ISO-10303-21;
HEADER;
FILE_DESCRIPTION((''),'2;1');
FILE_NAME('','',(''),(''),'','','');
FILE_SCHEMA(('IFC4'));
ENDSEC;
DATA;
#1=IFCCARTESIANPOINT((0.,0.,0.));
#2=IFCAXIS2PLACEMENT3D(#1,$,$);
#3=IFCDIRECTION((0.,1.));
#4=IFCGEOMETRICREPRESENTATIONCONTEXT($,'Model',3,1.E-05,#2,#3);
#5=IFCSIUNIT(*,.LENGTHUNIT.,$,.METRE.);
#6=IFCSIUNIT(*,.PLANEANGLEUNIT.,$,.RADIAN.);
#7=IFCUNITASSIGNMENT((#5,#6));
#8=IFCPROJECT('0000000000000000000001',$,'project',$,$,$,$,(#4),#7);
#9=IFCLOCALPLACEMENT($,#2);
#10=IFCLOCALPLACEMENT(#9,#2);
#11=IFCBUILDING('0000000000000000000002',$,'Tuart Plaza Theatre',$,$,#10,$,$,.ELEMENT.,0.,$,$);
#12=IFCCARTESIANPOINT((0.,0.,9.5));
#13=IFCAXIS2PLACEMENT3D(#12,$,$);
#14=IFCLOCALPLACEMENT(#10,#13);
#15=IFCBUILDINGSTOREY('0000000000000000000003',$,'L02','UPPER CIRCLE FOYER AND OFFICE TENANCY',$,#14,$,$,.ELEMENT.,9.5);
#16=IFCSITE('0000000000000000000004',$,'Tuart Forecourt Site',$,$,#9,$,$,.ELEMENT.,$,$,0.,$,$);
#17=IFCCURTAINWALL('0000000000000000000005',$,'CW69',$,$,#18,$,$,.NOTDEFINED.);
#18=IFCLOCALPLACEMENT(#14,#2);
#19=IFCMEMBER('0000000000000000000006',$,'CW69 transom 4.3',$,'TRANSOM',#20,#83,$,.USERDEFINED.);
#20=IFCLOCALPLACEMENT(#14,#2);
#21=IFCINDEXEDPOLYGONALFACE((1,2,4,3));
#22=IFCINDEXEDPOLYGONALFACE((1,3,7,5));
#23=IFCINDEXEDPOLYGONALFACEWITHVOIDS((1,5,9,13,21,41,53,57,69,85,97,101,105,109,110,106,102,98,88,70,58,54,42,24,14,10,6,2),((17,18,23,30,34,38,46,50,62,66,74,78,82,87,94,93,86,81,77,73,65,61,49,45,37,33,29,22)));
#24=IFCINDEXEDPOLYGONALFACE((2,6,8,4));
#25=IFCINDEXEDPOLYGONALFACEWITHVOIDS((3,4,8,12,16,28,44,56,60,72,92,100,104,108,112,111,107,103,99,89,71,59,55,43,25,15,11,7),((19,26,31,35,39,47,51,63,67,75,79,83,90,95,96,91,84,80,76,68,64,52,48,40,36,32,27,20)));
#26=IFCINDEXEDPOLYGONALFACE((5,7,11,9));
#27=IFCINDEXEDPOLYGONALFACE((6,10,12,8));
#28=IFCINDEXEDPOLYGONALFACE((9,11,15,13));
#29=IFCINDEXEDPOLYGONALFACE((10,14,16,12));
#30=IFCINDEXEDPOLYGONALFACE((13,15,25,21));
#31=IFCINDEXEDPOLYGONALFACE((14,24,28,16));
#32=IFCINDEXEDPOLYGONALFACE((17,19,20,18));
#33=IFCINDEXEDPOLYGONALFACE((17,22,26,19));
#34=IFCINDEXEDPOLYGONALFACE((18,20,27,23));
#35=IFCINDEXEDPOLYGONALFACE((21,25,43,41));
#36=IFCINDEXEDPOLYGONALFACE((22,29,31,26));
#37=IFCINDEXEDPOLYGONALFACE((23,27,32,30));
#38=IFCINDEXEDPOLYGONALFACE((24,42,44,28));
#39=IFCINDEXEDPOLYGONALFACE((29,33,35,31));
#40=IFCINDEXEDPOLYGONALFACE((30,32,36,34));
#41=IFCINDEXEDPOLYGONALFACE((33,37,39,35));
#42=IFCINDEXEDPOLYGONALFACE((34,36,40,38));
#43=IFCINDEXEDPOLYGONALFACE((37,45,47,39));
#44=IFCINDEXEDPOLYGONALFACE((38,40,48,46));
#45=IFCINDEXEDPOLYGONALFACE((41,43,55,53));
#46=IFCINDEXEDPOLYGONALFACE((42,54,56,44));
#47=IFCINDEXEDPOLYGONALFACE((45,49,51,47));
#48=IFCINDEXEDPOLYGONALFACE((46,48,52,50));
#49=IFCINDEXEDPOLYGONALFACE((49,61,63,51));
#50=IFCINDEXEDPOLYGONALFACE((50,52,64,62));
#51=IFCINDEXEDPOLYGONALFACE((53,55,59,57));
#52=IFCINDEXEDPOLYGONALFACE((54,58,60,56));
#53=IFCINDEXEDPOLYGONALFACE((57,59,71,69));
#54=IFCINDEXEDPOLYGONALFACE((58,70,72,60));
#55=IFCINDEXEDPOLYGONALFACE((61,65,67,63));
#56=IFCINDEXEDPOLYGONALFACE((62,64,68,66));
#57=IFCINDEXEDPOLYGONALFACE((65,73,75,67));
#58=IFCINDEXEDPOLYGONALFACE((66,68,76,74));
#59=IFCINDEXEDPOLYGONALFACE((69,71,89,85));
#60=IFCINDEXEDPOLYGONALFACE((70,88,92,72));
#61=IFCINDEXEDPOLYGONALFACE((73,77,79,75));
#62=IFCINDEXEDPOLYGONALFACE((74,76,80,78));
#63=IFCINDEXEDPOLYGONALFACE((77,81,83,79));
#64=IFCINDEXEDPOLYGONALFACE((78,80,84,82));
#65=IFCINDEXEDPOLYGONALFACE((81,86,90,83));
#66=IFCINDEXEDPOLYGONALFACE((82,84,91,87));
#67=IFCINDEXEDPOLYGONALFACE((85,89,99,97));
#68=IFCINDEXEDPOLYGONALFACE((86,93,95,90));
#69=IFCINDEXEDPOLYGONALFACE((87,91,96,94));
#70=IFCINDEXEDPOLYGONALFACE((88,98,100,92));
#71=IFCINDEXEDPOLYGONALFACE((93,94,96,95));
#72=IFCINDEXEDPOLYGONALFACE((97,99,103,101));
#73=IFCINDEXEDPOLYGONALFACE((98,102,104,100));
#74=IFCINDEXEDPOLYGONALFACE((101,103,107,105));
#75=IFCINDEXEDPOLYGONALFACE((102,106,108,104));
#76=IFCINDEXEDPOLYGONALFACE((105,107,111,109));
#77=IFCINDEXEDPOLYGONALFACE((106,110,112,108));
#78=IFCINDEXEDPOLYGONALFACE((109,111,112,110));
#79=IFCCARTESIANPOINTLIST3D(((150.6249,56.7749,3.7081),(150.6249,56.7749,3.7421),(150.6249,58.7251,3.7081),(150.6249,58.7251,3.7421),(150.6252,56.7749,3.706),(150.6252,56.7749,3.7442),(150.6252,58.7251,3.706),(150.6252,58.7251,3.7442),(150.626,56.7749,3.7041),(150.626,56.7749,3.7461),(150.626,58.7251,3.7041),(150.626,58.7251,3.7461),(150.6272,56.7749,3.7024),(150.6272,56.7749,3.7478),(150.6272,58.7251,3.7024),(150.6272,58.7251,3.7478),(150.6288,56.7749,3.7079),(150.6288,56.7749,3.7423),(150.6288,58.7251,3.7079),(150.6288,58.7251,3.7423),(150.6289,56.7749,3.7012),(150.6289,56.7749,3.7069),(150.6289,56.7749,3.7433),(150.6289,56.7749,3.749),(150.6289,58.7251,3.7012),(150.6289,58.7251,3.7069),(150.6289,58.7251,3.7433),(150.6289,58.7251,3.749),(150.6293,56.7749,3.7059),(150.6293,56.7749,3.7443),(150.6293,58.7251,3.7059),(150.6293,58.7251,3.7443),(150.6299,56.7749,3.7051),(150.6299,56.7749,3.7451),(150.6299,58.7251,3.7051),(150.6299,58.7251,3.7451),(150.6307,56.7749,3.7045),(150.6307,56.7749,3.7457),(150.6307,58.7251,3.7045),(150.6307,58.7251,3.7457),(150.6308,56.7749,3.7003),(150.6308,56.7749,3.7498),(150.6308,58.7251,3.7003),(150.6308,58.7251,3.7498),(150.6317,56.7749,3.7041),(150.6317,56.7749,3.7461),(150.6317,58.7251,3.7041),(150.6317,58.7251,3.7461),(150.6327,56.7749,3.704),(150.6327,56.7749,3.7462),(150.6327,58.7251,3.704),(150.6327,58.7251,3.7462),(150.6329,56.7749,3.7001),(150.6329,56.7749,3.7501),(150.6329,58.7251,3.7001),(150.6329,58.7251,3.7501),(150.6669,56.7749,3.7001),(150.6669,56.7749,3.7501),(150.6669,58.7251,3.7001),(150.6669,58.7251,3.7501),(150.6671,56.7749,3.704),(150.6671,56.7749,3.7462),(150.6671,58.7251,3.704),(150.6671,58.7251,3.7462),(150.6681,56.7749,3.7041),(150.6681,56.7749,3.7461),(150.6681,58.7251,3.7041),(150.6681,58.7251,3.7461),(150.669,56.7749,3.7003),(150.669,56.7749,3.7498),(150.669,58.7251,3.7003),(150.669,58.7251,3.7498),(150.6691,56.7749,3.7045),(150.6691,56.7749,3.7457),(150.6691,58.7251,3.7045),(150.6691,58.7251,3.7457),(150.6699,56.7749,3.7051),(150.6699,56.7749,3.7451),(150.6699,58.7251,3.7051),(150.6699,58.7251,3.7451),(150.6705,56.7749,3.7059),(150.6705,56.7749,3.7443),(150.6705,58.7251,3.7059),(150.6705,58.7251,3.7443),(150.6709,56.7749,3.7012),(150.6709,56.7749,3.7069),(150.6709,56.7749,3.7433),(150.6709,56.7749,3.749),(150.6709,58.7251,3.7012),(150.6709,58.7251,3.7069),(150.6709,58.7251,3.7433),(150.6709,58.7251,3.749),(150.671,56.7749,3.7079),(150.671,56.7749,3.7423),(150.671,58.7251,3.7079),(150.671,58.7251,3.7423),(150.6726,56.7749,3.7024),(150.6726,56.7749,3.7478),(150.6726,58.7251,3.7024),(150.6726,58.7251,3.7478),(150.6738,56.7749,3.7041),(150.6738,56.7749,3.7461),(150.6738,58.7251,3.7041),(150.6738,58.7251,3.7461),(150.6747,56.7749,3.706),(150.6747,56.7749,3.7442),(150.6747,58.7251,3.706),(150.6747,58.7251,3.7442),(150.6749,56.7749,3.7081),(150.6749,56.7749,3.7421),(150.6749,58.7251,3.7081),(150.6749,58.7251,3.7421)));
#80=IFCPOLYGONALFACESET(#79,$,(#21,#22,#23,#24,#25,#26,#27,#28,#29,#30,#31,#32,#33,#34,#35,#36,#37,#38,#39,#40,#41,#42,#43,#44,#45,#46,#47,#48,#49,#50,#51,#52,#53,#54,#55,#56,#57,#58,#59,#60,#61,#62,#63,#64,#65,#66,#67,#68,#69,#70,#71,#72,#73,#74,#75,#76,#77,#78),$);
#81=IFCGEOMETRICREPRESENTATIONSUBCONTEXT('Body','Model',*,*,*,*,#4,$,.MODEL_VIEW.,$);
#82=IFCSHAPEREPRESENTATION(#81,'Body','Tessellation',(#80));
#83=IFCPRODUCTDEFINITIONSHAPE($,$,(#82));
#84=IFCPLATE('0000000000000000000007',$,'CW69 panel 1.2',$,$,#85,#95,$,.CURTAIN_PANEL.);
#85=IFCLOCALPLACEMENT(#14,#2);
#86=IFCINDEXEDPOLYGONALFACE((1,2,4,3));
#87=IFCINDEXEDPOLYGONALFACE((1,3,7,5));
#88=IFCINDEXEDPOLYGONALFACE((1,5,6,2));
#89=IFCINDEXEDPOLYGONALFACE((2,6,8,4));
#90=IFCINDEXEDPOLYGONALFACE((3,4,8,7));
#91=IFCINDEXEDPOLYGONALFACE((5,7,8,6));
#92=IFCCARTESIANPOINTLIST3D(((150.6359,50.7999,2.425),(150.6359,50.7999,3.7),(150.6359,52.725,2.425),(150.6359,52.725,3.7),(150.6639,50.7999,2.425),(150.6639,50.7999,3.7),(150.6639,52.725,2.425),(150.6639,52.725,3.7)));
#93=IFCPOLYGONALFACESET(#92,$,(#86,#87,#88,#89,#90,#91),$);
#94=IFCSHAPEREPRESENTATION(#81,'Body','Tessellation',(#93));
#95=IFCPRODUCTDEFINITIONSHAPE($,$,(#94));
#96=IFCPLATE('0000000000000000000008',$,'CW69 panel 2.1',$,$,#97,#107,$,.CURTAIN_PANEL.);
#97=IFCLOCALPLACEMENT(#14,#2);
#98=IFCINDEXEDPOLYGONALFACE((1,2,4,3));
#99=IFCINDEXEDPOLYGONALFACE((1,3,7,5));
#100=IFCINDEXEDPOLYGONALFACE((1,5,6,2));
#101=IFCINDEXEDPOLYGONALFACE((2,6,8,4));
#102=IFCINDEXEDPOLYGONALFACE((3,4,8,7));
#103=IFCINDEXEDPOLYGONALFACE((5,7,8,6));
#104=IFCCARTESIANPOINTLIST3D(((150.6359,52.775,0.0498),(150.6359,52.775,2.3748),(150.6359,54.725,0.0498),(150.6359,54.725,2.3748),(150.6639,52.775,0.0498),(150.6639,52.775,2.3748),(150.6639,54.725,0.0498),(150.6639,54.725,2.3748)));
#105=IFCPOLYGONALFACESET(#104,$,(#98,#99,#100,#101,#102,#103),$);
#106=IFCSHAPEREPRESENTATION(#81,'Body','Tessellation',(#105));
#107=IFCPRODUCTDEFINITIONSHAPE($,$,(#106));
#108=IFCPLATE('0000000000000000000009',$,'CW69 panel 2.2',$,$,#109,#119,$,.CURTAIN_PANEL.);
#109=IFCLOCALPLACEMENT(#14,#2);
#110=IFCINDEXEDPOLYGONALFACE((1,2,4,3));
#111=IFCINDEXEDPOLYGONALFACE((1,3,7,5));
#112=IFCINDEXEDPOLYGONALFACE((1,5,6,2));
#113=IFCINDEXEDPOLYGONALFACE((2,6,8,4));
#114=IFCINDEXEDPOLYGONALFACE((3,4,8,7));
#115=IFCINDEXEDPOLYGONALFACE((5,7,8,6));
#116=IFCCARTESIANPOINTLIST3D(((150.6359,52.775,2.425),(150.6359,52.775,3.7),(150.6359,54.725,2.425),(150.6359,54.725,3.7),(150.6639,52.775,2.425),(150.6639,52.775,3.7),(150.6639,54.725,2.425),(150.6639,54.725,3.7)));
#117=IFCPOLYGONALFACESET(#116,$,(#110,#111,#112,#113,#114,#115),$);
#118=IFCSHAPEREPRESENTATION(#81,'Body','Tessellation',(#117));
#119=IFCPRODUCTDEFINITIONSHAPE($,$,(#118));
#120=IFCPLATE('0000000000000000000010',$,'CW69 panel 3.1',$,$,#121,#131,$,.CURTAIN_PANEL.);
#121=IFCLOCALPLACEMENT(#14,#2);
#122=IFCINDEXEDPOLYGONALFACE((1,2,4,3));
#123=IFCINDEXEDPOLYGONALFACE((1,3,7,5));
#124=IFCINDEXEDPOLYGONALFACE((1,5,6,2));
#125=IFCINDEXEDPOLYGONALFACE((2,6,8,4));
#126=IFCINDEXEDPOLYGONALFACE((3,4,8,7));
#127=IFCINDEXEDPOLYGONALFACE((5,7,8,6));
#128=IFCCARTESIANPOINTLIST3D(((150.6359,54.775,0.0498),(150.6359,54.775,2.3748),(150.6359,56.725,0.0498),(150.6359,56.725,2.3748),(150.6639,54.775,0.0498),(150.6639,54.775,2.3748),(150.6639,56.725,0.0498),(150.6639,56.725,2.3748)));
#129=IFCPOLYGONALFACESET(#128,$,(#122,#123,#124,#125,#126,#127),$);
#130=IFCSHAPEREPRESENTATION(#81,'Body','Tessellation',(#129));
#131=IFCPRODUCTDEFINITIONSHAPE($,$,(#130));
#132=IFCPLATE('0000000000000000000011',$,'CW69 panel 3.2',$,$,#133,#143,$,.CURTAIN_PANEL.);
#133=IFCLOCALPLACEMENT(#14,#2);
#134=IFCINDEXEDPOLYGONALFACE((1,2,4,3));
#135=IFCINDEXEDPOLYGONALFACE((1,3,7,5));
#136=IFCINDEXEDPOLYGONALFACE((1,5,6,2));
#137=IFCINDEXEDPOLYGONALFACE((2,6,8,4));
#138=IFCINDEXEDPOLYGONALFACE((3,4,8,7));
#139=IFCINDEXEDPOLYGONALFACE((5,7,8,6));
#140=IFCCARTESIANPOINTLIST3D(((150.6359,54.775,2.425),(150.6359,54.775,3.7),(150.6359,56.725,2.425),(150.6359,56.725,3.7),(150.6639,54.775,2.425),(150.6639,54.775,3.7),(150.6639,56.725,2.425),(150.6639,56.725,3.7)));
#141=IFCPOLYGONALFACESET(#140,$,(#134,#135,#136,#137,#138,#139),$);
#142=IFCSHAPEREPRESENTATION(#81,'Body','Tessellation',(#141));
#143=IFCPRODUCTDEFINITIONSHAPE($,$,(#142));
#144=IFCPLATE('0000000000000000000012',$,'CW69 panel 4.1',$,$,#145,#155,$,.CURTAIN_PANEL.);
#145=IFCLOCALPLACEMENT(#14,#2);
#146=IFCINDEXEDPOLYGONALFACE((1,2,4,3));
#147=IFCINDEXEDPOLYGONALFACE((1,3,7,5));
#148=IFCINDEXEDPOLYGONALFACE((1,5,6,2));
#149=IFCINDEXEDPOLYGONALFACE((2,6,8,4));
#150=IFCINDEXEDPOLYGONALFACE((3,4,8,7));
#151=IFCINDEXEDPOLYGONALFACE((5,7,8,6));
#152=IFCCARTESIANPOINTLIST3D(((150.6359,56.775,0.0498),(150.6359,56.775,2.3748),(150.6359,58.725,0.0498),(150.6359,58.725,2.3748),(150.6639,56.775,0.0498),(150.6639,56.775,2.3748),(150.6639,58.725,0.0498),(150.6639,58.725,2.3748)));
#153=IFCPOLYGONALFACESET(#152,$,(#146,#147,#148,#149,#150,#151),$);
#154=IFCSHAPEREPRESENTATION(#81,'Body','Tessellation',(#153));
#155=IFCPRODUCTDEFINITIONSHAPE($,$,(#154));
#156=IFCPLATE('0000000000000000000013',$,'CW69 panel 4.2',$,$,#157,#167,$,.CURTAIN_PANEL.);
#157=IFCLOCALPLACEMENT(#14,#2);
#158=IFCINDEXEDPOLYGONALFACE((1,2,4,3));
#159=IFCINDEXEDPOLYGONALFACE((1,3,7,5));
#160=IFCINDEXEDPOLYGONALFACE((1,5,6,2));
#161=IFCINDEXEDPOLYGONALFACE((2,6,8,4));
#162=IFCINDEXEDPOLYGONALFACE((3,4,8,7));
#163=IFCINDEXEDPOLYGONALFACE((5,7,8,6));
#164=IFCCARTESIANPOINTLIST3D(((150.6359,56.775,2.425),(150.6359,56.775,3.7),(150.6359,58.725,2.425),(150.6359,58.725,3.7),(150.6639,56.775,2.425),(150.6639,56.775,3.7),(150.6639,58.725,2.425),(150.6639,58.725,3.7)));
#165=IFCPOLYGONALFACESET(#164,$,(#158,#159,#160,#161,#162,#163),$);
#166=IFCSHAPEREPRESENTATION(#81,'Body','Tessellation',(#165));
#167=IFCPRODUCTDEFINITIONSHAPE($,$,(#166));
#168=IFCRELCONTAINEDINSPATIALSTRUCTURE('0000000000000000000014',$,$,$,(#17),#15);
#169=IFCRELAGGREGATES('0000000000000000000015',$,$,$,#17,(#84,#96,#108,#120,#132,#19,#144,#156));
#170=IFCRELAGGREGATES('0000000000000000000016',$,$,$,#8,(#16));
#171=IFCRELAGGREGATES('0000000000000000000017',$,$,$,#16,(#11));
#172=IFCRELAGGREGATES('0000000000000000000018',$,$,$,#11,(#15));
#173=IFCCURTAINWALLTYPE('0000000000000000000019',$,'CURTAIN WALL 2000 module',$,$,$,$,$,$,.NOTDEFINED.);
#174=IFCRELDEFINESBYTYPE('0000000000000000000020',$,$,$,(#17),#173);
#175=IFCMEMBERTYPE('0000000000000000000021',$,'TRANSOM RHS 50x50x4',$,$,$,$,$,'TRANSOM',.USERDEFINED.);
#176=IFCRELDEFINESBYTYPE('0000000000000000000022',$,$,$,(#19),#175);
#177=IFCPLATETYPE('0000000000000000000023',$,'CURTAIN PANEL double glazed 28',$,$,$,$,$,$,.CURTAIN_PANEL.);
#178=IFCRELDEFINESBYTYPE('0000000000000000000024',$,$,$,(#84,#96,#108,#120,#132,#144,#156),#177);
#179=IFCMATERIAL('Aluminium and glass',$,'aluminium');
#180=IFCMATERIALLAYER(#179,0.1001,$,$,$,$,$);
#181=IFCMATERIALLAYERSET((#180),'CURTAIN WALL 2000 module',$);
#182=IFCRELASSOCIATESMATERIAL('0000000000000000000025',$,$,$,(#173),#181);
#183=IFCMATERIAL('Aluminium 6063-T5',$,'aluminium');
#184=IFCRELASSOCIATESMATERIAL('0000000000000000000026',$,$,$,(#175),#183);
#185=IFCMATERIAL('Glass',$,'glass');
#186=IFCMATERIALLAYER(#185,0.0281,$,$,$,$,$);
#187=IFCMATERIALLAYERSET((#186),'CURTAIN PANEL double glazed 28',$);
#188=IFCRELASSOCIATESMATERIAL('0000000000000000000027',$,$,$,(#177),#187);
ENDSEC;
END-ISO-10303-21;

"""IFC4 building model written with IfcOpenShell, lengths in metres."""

from ifc_helpers import new_model, si_unit, direction, frame, origin, origin_2d, place, context, subcontext, project, spatial, rectangle, hollow_rectangle, extrude, material, layer, layer_set, material_profile, profile_set, type_object, element, aggregate, save


model = new_model("IFC4")

# Units and contexts
model_context = context("Model", 3, precision=1e-05, world=origin(), true_north=direction((0.0, 1.0)))
body_context = subcontext(model_context, "Body", "Model", "MODEL_VIEW")
ifc_project = project(units=[si_unit("LENGTHUNIT", "METRE"), si_unit("PLANEANGLEUNIT", "RADIAN")], contexts=[model_context])

# Site, building, storey
site_placement = place(None, origin())
site = spatial("IfcSite", under=ifc_project, at=site_placement, Name="Tuart Forecourt Site", CompositionType="ELEMENT", RefElevation=0.0)
building_placement = place(site_placement, origin())
building = spatial("IfcBuilding", under=site, at=building_placement, Name="Tuart Plaza Theatre", CompositionType="ELEMENT", ElevationOfRefHeight=0.0)
storey_placement = place(building_placement, frame((0.0, 0.0, 9.5)))
storey = spatial("IfcBuildingStorey", under=building, at=storey_placement, Name="L02", Description="UPPER CIRCLE FOYER AND OFFICE TENANCY", CompositionType="ELEMENT", Elevation=9.5)

# Curtain wall, member, plates
ifc_material_1 = material(Name="Aluminium and glass", Category="aluminium")
ifc_layer_1 = layer(ifc_material_1, 0.1001)
ifc_layer_set_1 = layer_set([ifc_layer_1], Name="CURTAIN WALL 2000 module")
curtain_wall_type = type_object("IfcCurtainWallType", Name="CURTAIN WALL 2000 module", PredefinedType="NOTDEFINED", material=ifc_layer_set_1)
curtain_wall_placement = place(storey_placement, origin())
curtain_wall = element("IfcCurtainWall", 1, at=curtain_wall_placement, inside=storey, type_object=curtain_wall_type, Name="CW69", PredefinedType="NOTDEFINED")
ifc_material_2 = material(Name="Aluminium 6063-T5", Category="aluminium")
ifc_material_profile_1 = material_profile(ifc_material_2, hollow_rectangle(XDim=0.05, YDim=0.05, WallThickness=0.0039, InnerFilletRadius=0.0039, OuterFilletRadius=0.0081, at=origin_2d()), Name="RHS 50x50x4")
ifc_profile_set_1 = profile_set([ifc_material_profile_1], Name="Aluminium 6063-T5")
member_type_1 = type_object("IfcMemberType", Name="TRANSOM RHS 50x50x4", ElementType="TRANSOM", PredefinedType="USERDEFINED", material=ifc_profile_set_1)
member_1_placement = place(storey_placement, frame((150.6499, 56.7749, 3.7251), z_axis=(0.0, 1.0, 0.0), x_axis=(-1.0, 0.0, 0.0)))
member_1 = element("IfcMember", 2, at=member_1_placement, type_object=member_type_1, Name="CW69 transom 4.3", ObjectType="TRANSOM", PredefinedType="USERDEFINED", context=body_context, shape_type="SweptSolid", body=[
    extrude(hollow_rectangle(XDim=0.05, YDim=0.05, WallThickness=0.0039, InnerFilletRadius=0.0039, OuterFilletRadius=0.0081, at=origin_2d()), origin(), (0.0, 0.0, 1.0), 1.9502),
])
ifc_material_3 = material(Name="Glass", Category="glass")
ifc_layer_2 = layer(ifc_material_3, 0.0281)
ifc_layer_set_2 = layer_set([ifc_layer_2], Name="CURTAIN PANEL double glazed 28")
plate_type = type_object("IfcPlateType", Name="CURTAIN PANEL double glazed 28", PredefinedType="CURTAIN_PANEL", material=ifc_layer_set_2)
plate_1_placement = place(storey_placement, frame((150.6499, 51.7625, 2.425), z_axis=(0.0, 0.0, 1.0), x_axis=(0.0, 1.0, 0.0)))
plate_1 = element("IfcPlate", 3, at=plate_1_placement, type_object=plate_type, Name="CW69 panel 1.2", PredefinedType="CURTAIN_PANEL", context=body_context, shape_type="SweptSolid", body=[
    extrude(rectangle(XDim=1.925, YDim=0.0281, at=origin_2d()), origin(), (0.0, 0.0, 1.0), 1.2749),
])
plate_2_placement = place(storey_placement, frame((150.6499, 53.75, 0.0498), z_axis=(0.0, 0.0, 1.0), x_axis=(0.0, 1.0, 0.0)))
plate_2 = element("IfcPlate", 4, at=plate_2_placement, type_object=plate_type, Name="CW69 panel 2.1", PredefinedType="CURTAIN_PANEL", context=body_context, shape_type="SweptSolid", body=[
    extrude(rectangle(XDim=1.95, YDim=0.0281, at=origin_2d()), origin(), (0.0, 0.0, 1.0), 2.325),
])
plate_3_placement = place(storey_placement, frame((150.6499, 53.75, 2.425), z_axis=(0.0, 0.0, 1.0), x_axis=(0.0, 1.0, 0.0)))
plate_3 = element("IfcPlate", 5, at=plate_3_placement, type_object=plate_type, Name="CW69 panel 2.2", PredefinedType="CURTAIN_PANEL", context=body_context, shape_type="SweptSolid", body=[
    extrude(rectangle(XDim=1.95, YDim=0.0281, at=origin_2d()), origin(), (0.0, 0.0, 1.0), 1.2749),
])
plate_4_placement = place(storey_placement, frame((150.6499, 55.75, 0.0498), z_axis=(0.0, 0.0, 1.0), x_axis=(0.0, 1.0, 0.0)))
plate_4 = element("IfcPlate", 6, at=plate_4_placement, type_object=plate_type, Name="CW69 panel 3.1", PredefinedType="CURTAIN_PANEL", context=body_context, shape_type="SweptSolid", body=[
    extrude(rectangle(XDim=1.95, YDim=0.0281, at=origin_2d()), origin(), (0.0, 0.0, 1.0), 2.325),
])
plate_5_placement = place(storey_placement, frame((150.6499, 55.75, 2.425), z_axis=(0.0, 0.0, 1.0), x_axis=(0.0, 1.0, 0.0)))
plate_5 = element("IfcPlate", 7, at=plate_5_placement, type_object=plate_type, Name="CW69 panel 3.2", PredefinedType="CURTAIN_PANEL", context=body_context, shape_type="SweptSolid", body=[
    extrude(rectangle(XDim=1.95, YDim=0.0281, at=origin_2d()), origin(), (0.0, 0.0, 1.0), 1.2749),
])
plate_6_placement = place(storey_placement, frame((150.6499, 57.75, 0.0498), z_axis=(0.0, 0.0, 1.0), x_axis=(0.0, 1.0, 0.0)))
plate_6 = element("IfcPlate", 8, at=plate_6_placement, type_object=plate_type, Name="CW69 panel 4.1", PredefinedType="CURTAIN_PANEL", context=body_context, shape_type="SweptSolid", body=[
    extrude(rectangle(XDim=1.95, YDim=0.0281, at=origin_2d()), origin(), (0.0, 0.0, 1.0), 2.325),
])
plate_7_placement = place(storey_placement, frame((150.6499, 57.75, 2.425), z_axis=(0.0, 0.0, 1.0), x_axis=(0.0, 1.0, 0.0)))
plate_7 = element("IfcPlate", 9, at=plate_7_placement, type_object=plate_type, Name="CW69 panel 4.2", PredefinedType="CURTAIN_PANEL", context=body_context, shape_type="SweptSolid", body=[
    extrude(rectangle(XDim=1.95, YDim=0.0281, at=origin_2d()), origin(), (0.0, 0.0, 1.0), 1.2749),
])
aggregate(curtain_wall, [plate_1, plate_2, plate_3, plate_4, plate_5, member_1, plate_6, plate_7])

save(model, "model.ifc")
